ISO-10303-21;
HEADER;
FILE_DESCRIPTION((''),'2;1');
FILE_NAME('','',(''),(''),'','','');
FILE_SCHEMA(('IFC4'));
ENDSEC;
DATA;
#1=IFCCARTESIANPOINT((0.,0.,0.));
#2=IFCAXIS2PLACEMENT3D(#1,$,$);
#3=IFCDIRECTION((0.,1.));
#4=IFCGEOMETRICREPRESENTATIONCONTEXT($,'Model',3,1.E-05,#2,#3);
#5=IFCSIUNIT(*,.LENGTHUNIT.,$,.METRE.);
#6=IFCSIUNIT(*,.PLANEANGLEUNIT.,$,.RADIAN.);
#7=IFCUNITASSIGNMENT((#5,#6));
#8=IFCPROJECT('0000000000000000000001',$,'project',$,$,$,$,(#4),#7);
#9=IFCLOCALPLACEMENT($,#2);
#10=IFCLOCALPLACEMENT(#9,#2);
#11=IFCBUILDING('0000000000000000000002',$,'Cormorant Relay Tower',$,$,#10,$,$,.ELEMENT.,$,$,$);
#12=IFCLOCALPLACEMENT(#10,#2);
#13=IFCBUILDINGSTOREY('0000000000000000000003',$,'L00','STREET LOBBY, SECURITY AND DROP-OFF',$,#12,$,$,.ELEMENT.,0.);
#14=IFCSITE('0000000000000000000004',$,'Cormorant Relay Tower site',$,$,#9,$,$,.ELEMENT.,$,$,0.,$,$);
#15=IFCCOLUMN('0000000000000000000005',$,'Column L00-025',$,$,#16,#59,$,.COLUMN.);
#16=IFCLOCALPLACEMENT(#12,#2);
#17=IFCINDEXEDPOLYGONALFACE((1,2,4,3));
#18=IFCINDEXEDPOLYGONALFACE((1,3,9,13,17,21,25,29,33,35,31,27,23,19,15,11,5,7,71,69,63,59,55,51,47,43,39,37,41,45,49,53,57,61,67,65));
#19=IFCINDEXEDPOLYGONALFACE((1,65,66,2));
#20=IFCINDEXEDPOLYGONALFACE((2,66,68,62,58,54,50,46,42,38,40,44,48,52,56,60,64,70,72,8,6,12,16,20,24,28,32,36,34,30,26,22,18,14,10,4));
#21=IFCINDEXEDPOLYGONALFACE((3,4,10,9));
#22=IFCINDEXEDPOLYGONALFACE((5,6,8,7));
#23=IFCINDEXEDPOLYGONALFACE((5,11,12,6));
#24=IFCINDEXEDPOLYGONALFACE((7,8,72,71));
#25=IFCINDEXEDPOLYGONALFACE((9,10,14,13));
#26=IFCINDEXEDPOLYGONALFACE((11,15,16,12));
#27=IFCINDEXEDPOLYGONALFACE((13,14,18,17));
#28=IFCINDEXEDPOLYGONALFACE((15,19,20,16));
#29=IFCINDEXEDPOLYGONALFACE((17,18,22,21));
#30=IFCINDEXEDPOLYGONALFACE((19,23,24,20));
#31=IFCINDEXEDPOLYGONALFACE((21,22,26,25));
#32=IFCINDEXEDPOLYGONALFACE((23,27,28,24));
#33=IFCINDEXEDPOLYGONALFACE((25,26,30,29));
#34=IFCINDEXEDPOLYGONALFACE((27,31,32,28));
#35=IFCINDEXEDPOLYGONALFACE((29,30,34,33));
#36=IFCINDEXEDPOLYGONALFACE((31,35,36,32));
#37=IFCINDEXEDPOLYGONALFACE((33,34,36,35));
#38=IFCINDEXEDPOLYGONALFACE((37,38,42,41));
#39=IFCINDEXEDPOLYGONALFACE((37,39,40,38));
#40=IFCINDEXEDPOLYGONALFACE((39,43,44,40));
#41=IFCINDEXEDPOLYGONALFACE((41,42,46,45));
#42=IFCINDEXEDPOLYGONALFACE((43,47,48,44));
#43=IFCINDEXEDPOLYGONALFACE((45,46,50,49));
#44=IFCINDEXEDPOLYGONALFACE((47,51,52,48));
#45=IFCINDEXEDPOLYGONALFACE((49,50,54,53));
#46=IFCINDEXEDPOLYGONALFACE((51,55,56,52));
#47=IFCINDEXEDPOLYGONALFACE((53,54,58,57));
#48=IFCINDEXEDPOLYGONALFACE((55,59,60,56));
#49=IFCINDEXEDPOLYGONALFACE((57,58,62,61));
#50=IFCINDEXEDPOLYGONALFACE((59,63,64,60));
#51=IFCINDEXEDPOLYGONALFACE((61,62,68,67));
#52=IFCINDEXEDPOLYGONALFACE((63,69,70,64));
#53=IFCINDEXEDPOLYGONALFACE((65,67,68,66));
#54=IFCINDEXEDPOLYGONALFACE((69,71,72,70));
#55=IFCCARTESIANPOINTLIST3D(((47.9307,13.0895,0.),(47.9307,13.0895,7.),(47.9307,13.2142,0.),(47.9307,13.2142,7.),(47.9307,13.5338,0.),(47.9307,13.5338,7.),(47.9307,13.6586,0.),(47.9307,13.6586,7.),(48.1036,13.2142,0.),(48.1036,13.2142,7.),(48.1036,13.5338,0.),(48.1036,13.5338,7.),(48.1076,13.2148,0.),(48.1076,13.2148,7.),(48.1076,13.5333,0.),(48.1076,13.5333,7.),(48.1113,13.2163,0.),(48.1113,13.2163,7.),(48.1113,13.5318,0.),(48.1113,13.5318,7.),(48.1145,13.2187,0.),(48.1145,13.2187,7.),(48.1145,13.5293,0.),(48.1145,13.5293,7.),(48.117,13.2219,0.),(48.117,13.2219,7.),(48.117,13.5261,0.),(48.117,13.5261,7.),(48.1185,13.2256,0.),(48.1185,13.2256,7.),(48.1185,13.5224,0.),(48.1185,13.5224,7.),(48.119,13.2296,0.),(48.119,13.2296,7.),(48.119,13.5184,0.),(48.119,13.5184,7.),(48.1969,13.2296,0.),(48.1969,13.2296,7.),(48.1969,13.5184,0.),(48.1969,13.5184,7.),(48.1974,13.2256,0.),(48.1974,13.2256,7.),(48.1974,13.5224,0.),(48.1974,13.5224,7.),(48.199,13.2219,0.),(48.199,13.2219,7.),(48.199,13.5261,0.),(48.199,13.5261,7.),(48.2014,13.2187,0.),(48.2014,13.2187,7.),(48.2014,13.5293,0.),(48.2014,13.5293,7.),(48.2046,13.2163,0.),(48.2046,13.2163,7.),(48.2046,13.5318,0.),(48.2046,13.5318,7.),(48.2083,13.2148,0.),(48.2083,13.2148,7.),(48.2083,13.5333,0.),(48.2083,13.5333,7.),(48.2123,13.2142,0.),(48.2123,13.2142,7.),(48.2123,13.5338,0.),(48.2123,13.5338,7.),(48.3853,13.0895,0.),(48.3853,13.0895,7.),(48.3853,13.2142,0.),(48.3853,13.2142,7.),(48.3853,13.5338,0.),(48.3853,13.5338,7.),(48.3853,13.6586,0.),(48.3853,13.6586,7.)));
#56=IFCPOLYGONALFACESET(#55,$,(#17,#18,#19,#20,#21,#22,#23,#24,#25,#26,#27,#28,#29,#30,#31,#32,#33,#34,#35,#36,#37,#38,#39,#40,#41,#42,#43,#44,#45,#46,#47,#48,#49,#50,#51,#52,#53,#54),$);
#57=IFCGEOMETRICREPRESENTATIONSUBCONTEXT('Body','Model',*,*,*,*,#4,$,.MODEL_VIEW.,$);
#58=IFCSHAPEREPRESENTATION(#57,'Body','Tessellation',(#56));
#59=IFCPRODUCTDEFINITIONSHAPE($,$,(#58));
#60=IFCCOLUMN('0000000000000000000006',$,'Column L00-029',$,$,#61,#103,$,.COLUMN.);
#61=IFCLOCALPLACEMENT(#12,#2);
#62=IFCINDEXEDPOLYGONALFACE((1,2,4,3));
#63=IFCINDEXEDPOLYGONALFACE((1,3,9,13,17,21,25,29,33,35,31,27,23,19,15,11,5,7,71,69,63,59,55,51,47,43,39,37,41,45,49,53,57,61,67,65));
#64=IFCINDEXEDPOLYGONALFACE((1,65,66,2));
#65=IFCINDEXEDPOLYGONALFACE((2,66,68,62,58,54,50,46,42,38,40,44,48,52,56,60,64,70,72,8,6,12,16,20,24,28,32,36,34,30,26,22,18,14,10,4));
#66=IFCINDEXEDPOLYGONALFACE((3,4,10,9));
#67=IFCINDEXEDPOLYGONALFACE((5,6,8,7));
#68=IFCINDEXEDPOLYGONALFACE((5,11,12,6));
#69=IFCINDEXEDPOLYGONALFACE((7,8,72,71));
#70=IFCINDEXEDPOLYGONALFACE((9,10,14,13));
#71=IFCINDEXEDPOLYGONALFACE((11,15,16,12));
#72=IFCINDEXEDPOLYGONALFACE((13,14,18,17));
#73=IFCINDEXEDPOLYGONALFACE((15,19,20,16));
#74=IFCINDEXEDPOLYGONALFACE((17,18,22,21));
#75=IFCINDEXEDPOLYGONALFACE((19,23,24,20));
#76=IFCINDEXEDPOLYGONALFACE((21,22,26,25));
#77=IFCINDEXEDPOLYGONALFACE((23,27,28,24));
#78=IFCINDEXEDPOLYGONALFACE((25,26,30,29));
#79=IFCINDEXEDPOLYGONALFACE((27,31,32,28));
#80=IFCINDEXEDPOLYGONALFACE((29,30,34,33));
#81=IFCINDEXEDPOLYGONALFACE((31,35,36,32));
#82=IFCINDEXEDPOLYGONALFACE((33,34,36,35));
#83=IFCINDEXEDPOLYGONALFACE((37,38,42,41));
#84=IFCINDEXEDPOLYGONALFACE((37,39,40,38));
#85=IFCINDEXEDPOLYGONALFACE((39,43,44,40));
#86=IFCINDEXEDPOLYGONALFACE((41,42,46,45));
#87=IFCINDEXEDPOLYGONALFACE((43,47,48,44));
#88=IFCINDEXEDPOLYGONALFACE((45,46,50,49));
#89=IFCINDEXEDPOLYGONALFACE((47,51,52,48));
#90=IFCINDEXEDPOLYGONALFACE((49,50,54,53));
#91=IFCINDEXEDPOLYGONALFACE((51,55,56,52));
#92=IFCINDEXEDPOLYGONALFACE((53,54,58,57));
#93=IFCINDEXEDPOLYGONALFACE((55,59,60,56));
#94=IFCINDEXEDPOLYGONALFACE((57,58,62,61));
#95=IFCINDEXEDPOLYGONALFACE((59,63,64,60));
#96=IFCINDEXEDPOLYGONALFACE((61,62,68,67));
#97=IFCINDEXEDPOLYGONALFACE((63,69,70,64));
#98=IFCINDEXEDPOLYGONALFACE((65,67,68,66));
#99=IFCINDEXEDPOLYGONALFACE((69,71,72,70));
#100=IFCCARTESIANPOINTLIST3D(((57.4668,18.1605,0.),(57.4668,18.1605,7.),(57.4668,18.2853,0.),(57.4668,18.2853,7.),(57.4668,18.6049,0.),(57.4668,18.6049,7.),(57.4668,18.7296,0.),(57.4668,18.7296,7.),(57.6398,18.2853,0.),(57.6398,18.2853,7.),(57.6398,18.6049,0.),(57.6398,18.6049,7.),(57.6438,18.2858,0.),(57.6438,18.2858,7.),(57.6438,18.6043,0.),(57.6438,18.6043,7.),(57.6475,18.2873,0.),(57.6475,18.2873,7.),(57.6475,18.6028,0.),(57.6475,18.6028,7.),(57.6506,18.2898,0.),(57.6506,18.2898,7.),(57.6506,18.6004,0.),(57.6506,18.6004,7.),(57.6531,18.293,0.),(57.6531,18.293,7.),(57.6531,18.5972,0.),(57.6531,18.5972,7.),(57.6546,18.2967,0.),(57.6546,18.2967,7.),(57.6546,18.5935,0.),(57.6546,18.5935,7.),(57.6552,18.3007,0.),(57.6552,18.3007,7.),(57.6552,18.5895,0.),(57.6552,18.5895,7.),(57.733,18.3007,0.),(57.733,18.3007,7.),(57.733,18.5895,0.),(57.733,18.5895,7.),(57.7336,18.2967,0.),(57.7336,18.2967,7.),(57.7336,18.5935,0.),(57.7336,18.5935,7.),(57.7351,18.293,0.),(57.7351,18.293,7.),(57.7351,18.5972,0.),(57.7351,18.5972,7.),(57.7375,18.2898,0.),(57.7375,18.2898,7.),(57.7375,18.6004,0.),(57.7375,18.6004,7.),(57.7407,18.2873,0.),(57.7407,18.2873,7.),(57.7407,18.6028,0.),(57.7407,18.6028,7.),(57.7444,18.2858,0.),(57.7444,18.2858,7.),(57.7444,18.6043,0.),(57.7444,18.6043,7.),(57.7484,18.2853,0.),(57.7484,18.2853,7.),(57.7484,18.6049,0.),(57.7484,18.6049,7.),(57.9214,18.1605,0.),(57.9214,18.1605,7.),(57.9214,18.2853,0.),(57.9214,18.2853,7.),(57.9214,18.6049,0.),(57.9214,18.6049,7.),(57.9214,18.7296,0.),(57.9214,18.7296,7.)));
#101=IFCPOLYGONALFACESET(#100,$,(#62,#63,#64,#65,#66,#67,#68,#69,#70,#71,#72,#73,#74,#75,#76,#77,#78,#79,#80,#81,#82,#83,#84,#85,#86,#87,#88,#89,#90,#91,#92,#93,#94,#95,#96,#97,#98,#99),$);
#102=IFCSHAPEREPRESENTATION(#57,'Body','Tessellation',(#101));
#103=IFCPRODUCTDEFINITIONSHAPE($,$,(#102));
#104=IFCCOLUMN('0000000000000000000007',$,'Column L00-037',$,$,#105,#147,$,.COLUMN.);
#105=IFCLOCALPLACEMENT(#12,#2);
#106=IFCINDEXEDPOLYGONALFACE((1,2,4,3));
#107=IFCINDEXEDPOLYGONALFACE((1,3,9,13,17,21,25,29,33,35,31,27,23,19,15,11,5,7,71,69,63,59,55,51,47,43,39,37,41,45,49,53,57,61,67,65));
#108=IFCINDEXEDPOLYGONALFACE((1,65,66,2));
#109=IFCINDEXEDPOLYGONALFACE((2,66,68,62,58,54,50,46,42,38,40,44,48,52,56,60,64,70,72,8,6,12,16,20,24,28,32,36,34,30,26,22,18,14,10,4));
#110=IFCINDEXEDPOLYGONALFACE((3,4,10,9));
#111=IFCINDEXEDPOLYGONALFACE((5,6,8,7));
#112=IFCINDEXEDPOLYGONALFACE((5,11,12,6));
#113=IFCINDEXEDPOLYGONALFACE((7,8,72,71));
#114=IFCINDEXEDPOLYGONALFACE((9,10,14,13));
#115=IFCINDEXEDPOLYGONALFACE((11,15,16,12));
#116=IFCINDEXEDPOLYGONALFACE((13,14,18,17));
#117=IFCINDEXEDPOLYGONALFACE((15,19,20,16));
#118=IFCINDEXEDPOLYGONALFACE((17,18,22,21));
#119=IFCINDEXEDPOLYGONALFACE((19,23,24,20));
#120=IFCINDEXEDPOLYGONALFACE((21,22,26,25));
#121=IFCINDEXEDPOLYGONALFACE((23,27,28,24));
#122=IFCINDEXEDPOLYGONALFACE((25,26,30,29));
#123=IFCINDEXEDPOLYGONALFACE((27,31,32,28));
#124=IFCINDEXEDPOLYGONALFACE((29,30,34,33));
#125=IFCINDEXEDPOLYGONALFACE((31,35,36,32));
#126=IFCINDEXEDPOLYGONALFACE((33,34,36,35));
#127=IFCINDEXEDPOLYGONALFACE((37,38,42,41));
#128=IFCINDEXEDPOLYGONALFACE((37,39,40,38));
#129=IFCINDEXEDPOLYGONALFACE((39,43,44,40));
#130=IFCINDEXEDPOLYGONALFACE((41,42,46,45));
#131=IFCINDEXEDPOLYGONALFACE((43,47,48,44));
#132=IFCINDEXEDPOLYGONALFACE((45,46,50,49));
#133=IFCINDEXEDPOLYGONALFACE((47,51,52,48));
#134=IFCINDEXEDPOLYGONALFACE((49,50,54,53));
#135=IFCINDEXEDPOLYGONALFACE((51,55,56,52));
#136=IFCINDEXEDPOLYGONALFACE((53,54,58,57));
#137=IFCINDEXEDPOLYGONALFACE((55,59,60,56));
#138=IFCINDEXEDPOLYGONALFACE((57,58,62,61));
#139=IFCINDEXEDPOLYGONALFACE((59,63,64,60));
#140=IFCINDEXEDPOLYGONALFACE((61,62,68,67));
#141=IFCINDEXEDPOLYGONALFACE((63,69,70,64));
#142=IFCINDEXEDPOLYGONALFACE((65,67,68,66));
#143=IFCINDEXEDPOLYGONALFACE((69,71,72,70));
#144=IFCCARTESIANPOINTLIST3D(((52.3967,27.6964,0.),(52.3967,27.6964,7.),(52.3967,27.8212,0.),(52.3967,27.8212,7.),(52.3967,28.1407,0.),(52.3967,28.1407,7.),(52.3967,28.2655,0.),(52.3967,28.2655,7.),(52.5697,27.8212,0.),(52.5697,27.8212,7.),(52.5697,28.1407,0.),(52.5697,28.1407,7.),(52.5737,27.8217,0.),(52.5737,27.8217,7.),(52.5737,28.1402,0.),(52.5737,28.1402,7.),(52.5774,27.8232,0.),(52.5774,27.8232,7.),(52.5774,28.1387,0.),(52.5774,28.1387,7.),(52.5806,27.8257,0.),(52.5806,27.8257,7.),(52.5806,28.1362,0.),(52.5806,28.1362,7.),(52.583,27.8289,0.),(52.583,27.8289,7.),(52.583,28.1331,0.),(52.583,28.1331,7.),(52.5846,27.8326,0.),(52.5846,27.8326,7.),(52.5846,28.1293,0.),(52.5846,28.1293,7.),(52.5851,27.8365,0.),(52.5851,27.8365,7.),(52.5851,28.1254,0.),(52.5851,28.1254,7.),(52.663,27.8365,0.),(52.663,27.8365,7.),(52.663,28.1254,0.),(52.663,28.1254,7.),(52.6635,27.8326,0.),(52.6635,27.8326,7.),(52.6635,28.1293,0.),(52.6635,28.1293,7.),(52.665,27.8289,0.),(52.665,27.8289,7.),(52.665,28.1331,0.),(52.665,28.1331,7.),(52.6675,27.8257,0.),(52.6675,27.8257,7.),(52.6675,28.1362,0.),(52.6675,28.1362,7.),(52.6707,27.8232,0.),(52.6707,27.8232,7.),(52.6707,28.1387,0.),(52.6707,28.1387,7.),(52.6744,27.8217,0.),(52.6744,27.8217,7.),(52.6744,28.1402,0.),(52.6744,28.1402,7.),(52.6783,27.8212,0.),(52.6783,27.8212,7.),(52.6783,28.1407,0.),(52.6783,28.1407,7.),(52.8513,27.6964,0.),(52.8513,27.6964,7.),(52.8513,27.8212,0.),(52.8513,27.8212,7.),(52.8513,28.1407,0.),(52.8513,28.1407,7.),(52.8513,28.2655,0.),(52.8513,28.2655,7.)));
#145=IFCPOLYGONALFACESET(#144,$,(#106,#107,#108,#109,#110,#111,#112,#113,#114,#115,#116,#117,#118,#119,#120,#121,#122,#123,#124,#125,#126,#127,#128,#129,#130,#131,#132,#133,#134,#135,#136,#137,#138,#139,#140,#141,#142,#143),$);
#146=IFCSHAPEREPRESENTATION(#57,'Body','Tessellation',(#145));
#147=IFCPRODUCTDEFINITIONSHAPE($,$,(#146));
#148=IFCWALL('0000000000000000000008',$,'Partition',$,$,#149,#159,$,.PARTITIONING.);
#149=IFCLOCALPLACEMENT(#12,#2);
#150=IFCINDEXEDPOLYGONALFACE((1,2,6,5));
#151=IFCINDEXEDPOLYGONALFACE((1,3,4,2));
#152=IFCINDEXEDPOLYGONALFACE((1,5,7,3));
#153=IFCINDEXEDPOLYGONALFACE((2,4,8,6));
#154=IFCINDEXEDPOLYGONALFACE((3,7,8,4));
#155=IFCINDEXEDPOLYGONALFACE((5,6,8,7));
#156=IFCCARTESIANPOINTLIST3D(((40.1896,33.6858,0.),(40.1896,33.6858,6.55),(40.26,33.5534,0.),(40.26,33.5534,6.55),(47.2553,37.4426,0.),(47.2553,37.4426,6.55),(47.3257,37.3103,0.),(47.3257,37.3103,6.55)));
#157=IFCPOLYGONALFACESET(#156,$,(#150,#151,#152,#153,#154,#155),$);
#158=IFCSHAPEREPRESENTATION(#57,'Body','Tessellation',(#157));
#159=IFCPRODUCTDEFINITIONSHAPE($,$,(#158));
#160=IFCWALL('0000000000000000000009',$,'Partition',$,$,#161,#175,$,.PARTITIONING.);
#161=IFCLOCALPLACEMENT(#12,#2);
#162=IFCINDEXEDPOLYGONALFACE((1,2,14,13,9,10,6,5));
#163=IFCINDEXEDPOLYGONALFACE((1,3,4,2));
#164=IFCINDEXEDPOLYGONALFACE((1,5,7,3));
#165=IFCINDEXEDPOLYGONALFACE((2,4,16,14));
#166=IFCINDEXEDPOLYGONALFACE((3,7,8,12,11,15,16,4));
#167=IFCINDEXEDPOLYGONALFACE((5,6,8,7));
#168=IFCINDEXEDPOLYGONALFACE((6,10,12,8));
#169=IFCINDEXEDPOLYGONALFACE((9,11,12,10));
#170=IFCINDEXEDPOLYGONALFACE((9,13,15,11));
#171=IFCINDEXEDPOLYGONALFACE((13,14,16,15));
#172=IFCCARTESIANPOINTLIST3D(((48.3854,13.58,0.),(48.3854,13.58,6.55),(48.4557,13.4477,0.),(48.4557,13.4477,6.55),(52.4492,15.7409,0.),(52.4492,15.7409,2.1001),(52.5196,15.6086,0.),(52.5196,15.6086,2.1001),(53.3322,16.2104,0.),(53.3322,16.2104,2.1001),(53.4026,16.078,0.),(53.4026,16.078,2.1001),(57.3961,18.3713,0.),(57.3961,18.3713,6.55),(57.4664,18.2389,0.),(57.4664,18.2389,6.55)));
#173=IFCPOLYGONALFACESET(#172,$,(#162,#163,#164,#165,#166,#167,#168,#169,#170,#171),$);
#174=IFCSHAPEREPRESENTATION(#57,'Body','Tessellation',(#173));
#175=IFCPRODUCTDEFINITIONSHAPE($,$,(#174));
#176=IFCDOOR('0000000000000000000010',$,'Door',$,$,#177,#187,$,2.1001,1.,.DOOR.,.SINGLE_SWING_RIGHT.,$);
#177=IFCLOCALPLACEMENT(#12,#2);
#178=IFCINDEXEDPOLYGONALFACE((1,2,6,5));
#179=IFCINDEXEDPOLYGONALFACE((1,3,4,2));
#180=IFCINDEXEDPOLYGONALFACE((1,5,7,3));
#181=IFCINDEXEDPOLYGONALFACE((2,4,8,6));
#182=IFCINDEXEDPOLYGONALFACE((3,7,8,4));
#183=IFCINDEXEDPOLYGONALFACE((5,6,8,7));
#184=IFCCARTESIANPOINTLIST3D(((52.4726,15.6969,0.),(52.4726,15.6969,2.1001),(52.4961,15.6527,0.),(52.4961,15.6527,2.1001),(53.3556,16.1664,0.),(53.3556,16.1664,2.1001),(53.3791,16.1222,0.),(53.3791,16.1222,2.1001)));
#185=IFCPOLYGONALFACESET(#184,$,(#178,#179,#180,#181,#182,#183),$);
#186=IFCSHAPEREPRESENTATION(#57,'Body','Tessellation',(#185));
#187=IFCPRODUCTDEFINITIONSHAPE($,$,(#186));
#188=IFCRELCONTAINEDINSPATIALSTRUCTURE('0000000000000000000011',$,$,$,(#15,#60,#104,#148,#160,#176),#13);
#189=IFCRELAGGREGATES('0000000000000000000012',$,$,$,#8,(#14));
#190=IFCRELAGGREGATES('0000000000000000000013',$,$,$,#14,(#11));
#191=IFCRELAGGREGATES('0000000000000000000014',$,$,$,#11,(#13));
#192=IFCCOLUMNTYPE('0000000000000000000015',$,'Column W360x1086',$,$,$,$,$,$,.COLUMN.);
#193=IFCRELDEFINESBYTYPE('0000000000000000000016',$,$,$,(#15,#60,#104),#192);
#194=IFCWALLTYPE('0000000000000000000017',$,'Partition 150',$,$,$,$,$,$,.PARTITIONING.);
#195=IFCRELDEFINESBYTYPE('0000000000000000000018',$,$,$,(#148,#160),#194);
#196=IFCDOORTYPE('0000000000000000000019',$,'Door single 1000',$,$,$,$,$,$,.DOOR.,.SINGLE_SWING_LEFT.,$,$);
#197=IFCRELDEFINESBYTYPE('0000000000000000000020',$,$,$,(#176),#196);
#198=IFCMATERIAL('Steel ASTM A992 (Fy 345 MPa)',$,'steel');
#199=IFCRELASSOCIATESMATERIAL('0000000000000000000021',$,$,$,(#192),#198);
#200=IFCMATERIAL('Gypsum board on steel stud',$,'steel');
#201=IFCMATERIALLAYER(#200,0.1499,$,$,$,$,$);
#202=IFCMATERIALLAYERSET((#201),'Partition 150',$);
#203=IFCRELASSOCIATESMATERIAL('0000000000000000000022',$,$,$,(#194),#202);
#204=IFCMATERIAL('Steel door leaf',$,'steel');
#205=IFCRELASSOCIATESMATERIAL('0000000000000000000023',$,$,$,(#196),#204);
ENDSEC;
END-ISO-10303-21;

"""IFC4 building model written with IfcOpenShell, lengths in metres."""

from ifc_helpers import new_model, si_unit, direction, frame, frame_2d, origin, origin_2d, place, context, subcontext, project, spatial, rectangle, i_section, extrude, material, layer, layer_set, material_profile, profile_set, type_object, element, fill, save


model = new_model("IFC4")

# Units and contexts
model_context = context("Model", 3, precision=1e-05, world=origin(), true_north=direction((0.0, 1.0)))
body_context = subcontext(model_context, "Body", "Model", "MODEL_VIEW")
ifc_project = project(units=[si_unit("LENGTHUNIT", "METRE"), si_unit("PLANEANGLEUNIT", "RADIAN")], contexts=[model_context])

# Site, building, storey
site_placement = place(None, origin())
site = spatial("IfcSite", under=ifc_project, at=site_placement, Name="Cormorant Relay Tower site", CompositionType="ELEMENT", RefElevation=0.0)
building_placement = place(site_placement, origin())
building = spatial("IfcBuilding", under=site, at=building_placement, Name="Cormorant Relay Tower", CompositionType="ELEMENT")
storey_placement = place(building_placement, origin())
storey = spatial("IfcBuildingStorey", under=building, at=storey_placement, Name="L00", Description="STREET LOBBY, SECURITY AND DROP-OFF", CompositionType="ELEMENT", Elevation=0.0)

# Columns
ifc_material_1 = material(Name="Steel ASTM A992 (Fy 345 MPa)", Category="steel")
ifc_material_profile = material_profile(ifc_material_1, i_section(OverallWidth=0.4546, OverallDepth=0.5691, WebThickness=0.0779, FlangeThickness=0.1248, FilletRadius=0.0154, at=origin_2d()), Name="W360x1086")
ifc_profile_set = profile_set([ifc_material_profile], Name="Steel ASTM A992 (Fy 345 MPa)")
column_type = type_object("IfcColumnType", Name="Column W360x1086", PredefinedType="COLUMN", material=ifc_profile_set)
for number, where, z_axis, x_axis, name in (
    (1, (48.158, 13.374, 0.0), (0.0, 0.0, 1.0), (1.0, 0.0, 0.0), "Column L00-025"),
    (2, (57.6941, 18.4451, 0.0), (0.0, 0.0, 1.0), (1.0, 0.0, 0.0), "Column L00-029"),
    (3, (52.624, 27.981, 0.0), (0.0, 0.0, 1.0), (1.0, 0.0, 0.0), "Column L00-037"),
):
    element("IfcColumn", number, at=place(storey_placement, frame(where, z_axis=z_axis, x_axis=x_axis)), inside=storey, type_object=column_type, Name=name, PredefinedType="COLUMN", context=body_context, shape_type="SweptSolid", body=[
        extrude(i_section(OverallWidth=0.4546, OverallDepth=0.5691, WebThickness=0.0779, FlangeThickness=0.1248, FilletRadius=0.0154, at=origin_2d()), origin(), (0.0, 0.0, 1.0), 7.0),
    ])

# Wall
ifc_material_2 = material(Name="Gypsum board on steel stud", Category="steel")
ifc_layer_1 = layer(ifc_material_2, 0.1499)
ifc_layer_set_1 = layer_set([ifc_layer_1], Name="Partition 150")
wall_type_1 = type_object("IfcWallType", Name="Partition 150", PredefinedType="PARTITIONING", material=ifc_layer_set_1)
wall_1_placement = place(storey_placement, frame((47.2905, 37.3765, 0.0), z_axis=(0.0, 0.0, 1.0), x_axis=(-0.88295, -0.469467, 0.0)))
element("IfcWall", 4, at=wall_1_placement, inside=storey, type_object=wall_type_1, Name="Partition", PredefinedType="PARTITIONING", context=body_context, shape_type="SweptSolid", body=[
    extrude(rectangle(XDim=8.0024, YDim=0.1499, at=frame_2d((4.0012, 0.0))), origin(), (0.0, 0.0, 1.0), 6.55),
])

# Wall, opening, door
wall_2_placement = place(storey_placement, frame((48.4207, 13.5139, 0.0), z_axis=(0.0, 0.0, 1.0), x_axis=(0.882941, 0.469484, 0.0)))
wall_2 = element("IfcWall", 5, at=wall_2_placement, inside=storey, type_object=wall_type_1, Name="Partition", PredefinedType="PARTITIONING", context=body_context, shape_type="SweptSolid", body=[
    extrude(rectangle(XDim=10.2053, YDim=0.1499, at=frame_2d((5.1025, 0.0))), origin(), (0.0, 0.0, 1.0), 6.55),
])
opening_1_placement = place(wall_2_placement, frame((4.6025, 0.0, 0.0)))
opening_1 = element("IfcOpeningElement", 6, at=opening_1_placement, cuts=wall_2, PredefinedType="OPENING", context=body_context, shape_type="SweptSolid", body=[
    extrude(rectangle(XDim=1.0, YDim=2.1001, at=frame_2d((0.5, 1.05))), frame((0.0, 0.085, 0.0), z_axis=(0.0, -1.0, 0.0), x_axis=(1.0, 0.0, 0.0)), (0.0, 0.0, 1.0), 0.1699),
])
ifc_material_3 = material(Name="Steel door leaf", Category="steel")
door_type_1 = type_object("IfcDoorType", Name="Door single 1000", OperationType="SINGLE_SWING_LEFT", PredefinedType="DOOR", material=ifc_material_3)
door_1_placement = place(opening_1_placement, frame((1.0, 0.0, 0.0), z_axis=(0.0, 0.0, 1.0), x_axis=(-1.0, 0.0, 0.0)))
door_1 = element("IfcDoor", 7, at=door_1_placement, inside=storey, type_object=door_type_1, Name="Door", OperationType="SINGLE_SWING_RIGHT", OverallHeight=2.1001, OverallWidth=1.0, PredefinedType="DOOR", context=body_context, shape_type="SweptSolid", body=[
    extrude(rectangle(XDim=1.0, YDim=2.1001, at=frame_2d((0.5, 1.05))), frame((0.0, 0.0249, 0.0), z_axis=(0.0, -1.0, 0.0), x_axis=(1.0, 0.0, 0.0)), (0.0, 0.0, 1.0), 0.05),
])
fill(opening_1, door_1)

save(model, "model.ifc")
